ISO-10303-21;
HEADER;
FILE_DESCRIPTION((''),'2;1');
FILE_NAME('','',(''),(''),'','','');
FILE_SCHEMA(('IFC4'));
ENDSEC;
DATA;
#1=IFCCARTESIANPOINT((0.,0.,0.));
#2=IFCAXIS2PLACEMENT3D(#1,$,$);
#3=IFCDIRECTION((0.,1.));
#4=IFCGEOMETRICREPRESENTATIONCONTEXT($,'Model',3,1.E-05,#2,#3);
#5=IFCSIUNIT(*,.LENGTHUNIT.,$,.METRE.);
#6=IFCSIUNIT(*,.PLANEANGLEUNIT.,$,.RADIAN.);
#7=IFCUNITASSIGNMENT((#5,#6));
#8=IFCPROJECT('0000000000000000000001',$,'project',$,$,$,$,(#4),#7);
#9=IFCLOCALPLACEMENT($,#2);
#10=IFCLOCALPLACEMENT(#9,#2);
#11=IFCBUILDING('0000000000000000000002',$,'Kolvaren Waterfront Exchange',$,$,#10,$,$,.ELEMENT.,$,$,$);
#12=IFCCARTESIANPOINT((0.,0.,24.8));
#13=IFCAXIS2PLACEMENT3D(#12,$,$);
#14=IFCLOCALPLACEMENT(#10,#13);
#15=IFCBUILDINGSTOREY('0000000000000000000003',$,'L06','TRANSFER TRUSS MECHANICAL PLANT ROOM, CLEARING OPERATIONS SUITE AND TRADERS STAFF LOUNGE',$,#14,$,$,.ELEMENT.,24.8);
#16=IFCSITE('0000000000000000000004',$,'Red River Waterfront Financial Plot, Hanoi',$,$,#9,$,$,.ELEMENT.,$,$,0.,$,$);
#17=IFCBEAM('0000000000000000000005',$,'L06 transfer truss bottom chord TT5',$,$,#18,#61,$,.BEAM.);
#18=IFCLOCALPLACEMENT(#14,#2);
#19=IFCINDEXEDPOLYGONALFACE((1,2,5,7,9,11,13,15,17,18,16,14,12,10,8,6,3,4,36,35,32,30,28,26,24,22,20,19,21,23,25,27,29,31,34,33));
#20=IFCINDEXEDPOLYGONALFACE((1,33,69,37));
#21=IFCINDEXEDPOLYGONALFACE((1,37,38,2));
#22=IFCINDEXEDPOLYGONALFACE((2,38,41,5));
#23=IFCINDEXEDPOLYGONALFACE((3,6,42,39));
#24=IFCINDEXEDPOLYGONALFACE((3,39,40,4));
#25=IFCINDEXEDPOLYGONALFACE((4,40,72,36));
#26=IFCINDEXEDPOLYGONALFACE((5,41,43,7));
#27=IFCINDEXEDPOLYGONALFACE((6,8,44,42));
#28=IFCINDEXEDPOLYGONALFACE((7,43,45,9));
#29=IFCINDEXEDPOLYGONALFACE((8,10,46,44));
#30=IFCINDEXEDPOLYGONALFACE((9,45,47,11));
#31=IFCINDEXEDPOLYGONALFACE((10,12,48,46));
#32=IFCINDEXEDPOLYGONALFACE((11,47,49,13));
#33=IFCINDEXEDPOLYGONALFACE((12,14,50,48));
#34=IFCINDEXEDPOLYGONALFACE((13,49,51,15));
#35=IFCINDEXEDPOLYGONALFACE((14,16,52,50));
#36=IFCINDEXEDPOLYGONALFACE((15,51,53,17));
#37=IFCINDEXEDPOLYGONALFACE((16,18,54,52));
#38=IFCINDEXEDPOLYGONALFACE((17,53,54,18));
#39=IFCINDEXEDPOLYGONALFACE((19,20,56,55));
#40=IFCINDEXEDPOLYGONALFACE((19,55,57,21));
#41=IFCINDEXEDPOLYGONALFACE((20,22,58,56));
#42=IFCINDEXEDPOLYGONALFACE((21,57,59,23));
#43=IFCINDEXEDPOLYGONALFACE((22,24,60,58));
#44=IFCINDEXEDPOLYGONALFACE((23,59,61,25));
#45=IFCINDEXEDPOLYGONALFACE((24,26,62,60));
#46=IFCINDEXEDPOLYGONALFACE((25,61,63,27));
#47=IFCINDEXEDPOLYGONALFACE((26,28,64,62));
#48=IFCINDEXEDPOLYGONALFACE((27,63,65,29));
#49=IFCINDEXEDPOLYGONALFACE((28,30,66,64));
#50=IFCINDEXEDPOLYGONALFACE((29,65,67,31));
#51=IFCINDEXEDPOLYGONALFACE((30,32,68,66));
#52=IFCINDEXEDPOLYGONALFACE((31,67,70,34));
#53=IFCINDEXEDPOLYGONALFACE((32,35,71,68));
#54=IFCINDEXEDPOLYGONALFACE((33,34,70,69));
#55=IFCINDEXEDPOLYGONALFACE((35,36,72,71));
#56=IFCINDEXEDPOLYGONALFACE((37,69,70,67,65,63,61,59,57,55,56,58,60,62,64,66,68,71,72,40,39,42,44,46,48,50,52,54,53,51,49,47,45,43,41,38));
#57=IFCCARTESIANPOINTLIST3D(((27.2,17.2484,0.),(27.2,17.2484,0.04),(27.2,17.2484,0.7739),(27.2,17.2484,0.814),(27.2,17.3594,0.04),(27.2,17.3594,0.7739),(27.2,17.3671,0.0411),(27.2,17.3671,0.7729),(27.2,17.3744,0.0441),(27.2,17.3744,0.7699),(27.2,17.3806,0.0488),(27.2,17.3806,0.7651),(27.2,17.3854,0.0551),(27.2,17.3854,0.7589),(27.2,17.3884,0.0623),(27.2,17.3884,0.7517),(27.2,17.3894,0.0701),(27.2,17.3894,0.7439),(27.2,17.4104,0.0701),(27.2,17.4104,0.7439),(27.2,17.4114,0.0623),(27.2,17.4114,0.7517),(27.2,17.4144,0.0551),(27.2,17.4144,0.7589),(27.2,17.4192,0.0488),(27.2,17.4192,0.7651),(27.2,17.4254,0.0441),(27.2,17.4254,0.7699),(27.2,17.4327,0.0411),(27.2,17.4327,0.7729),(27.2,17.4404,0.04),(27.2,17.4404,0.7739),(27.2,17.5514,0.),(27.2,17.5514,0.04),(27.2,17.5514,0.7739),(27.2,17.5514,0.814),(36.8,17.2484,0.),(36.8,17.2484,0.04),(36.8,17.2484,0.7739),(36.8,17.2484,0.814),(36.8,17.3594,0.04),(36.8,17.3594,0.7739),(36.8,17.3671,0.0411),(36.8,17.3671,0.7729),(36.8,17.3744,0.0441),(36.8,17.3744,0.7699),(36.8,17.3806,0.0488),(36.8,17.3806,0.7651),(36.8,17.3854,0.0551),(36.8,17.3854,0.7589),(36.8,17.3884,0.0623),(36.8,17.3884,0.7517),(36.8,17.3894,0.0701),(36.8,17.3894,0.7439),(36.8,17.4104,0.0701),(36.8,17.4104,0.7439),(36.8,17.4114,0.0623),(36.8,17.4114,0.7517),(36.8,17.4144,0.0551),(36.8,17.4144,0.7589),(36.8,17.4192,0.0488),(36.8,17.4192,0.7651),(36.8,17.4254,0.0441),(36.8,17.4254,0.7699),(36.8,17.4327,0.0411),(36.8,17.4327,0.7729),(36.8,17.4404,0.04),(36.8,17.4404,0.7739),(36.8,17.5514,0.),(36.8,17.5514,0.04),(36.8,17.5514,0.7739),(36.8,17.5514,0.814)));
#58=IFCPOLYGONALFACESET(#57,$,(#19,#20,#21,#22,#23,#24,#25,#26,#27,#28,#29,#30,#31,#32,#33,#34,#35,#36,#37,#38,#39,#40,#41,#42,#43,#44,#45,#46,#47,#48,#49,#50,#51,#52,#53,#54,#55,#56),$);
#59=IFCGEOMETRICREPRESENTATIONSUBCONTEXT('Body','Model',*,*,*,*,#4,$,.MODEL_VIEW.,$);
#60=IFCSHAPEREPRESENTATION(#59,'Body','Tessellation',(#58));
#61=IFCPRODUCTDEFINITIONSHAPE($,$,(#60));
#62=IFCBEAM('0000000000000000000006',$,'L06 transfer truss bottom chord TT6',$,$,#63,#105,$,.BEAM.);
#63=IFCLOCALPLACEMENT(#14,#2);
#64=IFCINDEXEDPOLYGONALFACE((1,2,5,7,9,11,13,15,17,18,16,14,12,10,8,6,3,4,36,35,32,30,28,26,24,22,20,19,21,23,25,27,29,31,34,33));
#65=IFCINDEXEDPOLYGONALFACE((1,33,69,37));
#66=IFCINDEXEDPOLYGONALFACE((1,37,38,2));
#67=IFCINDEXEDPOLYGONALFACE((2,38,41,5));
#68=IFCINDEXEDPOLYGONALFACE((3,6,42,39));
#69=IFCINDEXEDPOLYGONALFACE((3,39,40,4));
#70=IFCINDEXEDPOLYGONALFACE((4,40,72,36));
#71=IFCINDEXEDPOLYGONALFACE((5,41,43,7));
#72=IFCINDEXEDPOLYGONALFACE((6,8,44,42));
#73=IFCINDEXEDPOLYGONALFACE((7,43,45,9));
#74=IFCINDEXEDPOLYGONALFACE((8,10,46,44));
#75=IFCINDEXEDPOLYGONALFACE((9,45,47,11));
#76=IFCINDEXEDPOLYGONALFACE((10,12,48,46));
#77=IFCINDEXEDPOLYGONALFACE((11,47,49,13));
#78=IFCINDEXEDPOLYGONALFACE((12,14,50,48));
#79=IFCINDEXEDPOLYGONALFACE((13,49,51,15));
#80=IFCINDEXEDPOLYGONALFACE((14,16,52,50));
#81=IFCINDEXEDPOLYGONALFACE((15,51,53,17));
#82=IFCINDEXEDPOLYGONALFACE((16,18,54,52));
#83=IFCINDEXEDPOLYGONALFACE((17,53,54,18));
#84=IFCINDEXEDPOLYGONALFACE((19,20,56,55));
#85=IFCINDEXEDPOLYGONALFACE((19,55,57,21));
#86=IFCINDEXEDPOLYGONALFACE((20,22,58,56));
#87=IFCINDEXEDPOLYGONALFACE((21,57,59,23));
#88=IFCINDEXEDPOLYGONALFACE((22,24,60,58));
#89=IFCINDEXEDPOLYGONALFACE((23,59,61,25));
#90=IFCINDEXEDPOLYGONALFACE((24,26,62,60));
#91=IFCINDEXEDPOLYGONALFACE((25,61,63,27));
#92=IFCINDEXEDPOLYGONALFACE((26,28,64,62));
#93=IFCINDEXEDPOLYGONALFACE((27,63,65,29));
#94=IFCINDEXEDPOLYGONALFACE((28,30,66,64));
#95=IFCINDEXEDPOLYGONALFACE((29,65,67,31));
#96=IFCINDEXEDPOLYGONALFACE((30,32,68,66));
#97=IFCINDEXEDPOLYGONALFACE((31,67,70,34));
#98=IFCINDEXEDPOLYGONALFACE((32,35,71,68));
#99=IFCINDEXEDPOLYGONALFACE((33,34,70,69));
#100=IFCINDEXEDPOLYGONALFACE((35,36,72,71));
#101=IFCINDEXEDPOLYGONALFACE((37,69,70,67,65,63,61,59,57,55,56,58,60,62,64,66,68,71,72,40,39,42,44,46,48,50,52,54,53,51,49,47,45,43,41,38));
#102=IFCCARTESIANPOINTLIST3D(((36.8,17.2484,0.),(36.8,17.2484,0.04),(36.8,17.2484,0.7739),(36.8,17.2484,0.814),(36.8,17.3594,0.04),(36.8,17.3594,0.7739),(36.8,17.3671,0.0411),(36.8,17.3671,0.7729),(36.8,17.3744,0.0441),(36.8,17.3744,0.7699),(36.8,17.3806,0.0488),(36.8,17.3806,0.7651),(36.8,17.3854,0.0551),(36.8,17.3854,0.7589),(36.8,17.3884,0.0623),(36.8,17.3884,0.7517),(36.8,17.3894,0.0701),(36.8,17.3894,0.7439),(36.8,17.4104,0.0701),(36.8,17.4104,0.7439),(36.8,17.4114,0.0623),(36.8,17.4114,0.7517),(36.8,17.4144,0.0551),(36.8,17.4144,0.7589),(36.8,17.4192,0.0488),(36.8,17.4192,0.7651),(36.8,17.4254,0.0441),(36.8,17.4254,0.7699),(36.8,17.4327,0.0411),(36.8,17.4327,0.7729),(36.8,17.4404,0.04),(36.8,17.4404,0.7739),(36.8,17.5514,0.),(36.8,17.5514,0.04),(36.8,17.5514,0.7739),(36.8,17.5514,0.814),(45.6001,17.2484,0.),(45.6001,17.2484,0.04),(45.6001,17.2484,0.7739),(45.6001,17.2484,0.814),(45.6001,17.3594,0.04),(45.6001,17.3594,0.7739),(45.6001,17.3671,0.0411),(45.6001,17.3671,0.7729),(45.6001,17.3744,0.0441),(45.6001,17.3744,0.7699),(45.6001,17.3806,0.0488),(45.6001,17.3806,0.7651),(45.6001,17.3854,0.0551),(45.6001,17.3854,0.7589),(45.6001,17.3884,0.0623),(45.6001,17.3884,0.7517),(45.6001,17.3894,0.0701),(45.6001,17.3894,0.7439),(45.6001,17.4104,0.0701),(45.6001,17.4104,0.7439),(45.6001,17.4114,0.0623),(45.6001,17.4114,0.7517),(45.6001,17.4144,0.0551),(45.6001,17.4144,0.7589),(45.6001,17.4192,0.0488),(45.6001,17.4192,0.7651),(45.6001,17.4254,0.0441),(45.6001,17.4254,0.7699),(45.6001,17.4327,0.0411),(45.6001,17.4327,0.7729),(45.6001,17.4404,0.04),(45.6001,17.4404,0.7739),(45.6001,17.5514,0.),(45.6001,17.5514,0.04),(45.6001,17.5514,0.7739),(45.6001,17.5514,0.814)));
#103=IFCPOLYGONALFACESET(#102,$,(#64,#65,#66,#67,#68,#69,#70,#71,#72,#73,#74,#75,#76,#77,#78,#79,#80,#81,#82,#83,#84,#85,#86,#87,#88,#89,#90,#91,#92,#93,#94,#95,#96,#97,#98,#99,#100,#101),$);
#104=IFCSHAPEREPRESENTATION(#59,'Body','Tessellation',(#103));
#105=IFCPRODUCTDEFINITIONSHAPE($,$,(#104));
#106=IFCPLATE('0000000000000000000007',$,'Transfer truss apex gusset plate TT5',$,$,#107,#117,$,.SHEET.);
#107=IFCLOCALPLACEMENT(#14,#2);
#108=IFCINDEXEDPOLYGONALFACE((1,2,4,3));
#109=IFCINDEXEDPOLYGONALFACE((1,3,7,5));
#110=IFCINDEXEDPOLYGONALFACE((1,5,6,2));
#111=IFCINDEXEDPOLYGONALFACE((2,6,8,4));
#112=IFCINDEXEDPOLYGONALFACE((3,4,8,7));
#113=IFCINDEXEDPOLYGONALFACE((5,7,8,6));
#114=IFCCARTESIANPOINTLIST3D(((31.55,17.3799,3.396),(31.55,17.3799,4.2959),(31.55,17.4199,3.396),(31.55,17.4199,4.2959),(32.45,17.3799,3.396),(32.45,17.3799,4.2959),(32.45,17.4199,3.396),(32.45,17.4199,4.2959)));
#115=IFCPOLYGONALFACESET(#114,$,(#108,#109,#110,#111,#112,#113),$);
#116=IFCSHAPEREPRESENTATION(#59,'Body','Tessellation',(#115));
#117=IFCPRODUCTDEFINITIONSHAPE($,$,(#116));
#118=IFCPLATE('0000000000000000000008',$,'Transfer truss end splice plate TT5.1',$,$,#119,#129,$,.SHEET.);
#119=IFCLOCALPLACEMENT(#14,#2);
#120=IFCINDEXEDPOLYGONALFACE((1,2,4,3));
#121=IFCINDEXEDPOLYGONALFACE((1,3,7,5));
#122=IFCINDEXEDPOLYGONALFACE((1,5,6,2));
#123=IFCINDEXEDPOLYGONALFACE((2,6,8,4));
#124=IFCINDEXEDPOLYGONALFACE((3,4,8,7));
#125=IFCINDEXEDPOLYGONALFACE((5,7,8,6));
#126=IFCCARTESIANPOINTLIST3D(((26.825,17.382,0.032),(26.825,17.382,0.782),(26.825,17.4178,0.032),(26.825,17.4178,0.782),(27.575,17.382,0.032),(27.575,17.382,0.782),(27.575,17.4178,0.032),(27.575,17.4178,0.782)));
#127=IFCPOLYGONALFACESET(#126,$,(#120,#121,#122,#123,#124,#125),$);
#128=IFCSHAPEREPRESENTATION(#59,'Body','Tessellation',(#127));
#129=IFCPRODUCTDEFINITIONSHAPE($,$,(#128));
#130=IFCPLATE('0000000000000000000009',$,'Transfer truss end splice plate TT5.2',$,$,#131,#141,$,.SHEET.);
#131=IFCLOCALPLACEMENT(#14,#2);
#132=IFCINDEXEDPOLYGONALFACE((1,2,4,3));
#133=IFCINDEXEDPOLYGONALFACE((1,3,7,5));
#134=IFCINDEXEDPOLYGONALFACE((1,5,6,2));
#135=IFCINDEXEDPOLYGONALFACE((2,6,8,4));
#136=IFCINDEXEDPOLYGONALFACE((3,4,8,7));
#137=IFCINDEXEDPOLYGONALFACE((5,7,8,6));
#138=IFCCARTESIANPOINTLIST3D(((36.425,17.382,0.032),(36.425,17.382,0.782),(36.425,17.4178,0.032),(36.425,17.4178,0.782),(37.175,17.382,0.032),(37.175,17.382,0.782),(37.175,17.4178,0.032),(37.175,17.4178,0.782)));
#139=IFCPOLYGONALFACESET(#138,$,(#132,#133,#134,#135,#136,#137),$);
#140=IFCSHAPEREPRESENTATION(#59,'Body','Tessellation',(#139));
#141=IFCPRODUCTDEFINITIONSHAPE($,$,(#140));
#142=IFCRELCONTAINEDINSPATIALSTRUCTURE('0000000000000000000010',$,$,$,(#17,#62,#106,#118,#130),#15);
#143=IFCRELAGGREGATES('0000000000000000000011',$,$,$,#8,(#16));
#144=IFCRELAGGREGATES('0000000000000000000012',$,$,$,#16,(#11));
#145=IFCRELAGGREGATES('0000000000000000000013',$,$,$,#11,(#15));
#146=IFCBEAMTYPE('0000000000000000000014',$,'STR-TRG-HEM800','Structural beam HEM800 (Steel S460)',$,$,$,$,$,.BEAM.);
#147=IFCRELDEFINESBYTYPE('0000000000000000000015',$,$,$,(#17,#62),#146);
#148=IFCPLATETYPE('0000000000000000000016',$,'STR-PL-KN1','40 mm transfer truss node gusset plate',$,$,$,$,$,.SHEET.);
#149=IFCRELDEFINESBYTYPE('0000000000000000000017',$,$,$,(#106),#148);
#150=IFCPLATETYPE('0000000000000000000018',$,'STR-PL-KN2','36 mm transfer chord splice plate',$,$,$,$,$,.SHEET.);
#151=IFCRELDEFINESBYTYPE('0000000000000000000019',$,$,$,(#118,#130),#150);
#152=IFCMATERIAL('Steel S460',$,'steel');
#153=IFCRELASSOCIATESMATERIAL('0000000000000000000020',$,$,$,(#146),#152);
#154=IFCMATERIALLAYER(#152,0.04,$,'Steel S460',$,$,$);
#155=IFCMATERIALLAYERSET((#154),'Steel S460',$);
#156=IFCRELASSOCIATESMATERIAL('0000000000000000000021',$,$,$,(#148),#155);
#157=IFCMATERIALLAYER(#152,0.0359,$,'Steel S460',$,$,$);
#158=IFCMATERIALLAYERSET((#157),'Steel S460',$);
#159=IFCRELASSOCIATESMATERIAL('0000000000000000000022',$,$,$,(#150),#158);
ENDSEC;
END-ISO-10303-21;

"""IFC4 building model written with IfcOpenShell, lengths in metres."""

from ifc_helpers import new_model, si_unit, direction, frame, origin, origin_with_axes, origin_2d, place, context, subcontext, project, spatial, rectangle, i_section, extrude, source, transform, mapped, material, layer, layer_set, material_profile, profile_set, type_object, element, save


model = new_model("IFC4")

# Units and contexts
model_context = context("Model", 3, precision=1e-05, world=origin(), true_north=direction((0.0, 1.0)))
body_context = subcontext(model_context, "Body", "Model", "MODEL_VIEW")
ifc_project = project(units=[si_unit("LENGTHUNIT", "METRE"), si_unit("PLANEANGLEUNIT", "RADIAN")], contexts=[model_context])

# Site, building, storey
site_placement = place(None, origin())
site = spatial("IfcSite", under=ifc_project, at=site_placement, Name="Red River Waterfront Financial Plot, Hanoi", CompositionType="ELEMENT", RefElevation=0.0)
building_placement = place(site_placement, origin())
building = spatial("IfcBuilding", under=site, at=building_placement, Name="Kolvaren Waterfront Exchange", CompositionType="ELEMENT")
storey_placement = place(building_placement, frame((0.0, 0.0, 24.8)))
storey = spatial("IfcBuildingStorey", under=building, at=storey_placement, Name="L06", Description="TRANSFER TRUSS MECHANICAL PLANT ROOM, CLEARING OPERATIONS SUITE AND TRADERS STAFF LOUNGE", CompositionType="ELEMENT", Elevation=24.8)

# Shared definitions
ifc_material_1 = material(Name="Steel S460", Category="steel")

# Beams
ifc_material_profile_1 = material_profile(ifc_material_1, i_section(OverallWidth=0.303, OverallDepth=0.814, WebThickness=0.021, FlangeThickness=0.04, FilletRadius=0.03, at=origin_2d()), Name="HEM800")
ifc_profile_set_1 = profile_set([ifc_material_profile_1], Name="Steel S460")
beam_type_1 = type_object("IfcBeamType", Name="STR-TRG-HEM800", Description="Structural beam HEM800 (Steel S460)", PredefinedType="BEAM", material=ifc_profile_set_1)
beam_1_placement = place(storey_placement, frame((27.2, 17.3999, 0.407), z_axis=(1.0, 0.0, 0.0), x_axis=(0.0, 1.0, 0.0)))
element("IfcBeam", 1, at=beam_1_placement, inside=storey, type_object=beam_type_1, Name="L06 transfer truss bottom chord TT5", PredefinedType="BEAM", context=body_context, shape_type="SweptSolid", body=[
    extrude(i_section(OverallWidth=0.303, OverallDepth=0.814, WebThickness=0.021, FlangeThickness=0.04, FilletRadius=0.03, at=origin_2d()), origin(), (0.0, 0.0, 1.0), 9.6001),
])
beam_2_placement = place(storey_placement, frame((36.8, 17.3999, 0.407), z_axis=(1.0, 0.0, 0.0), x_axis=(0.0, 1.0, 0.0)))
element("IfcBeam", 2, at=beam_2_placement, inside=storey, type_object=beam_type_1, Name="L06 transfer truss bottom chord TT6", PredefinedType="BEAM", context=body_context, shape_type="SweptSolid", body=[
    extrude(i_section(OverallWidth=0.303, OverallDepth=0.814, WebThickness=0.021, FlangeThickness=0.04, FilletRadius=0.03, at=origin_2d()), origin(), (0.0, 0.0, 1.0), 8.8),
])

# Plates
ifc_layer_1 = layer(ifc_material_1, 0.04, Name="Steel S460")
ifc_layer_set_1 = layer_set([ifc_layer_1], Name="Steel S460")
plate_type_1 = type_object("IfcPlateType", Name="STR-PL-KN1", Description="40 mm transfer truss node gusset plate", PredefinedType="SHEET", material=ifc_layer_set_1)
shared_shape_1 = source(origin_with_axes(), body_context, "Body", "SweptSolid", [
    extrude(rectangle(XDim=0.8999, YDim=0.04, at=origin_2d()), origin(), (0.0, 0.0, 1.0), 0.8999),
])
plate_placement = place(storey_placement, frame((32.0, 17.3999, 3.396), z_axis=(0.0, 0.0, 1.0), x_axis=(1.0, 0.0, 0.0)))
element("IfcPlate", 3, at=plate_placement, inside=storey, type_object=plate_type_1, Name="Transfer truss apex gusset plate TT5", PredefinedType="SHEET", context=body_context, shape_type="MappedRepresentation", body=[
    mapped(shared_shape_1, transform((0.0, 0.0, 0.0), x_axis=(1.0, 0.0, 0.0), y_axis=(0.0, 1.0, 0.0), z_axis=(0.0, 0.0, 1.0), scale=1.0)),
])
ifc_layer_2 = layer(ifc_material_1, 0.0359, Name="Steel S460")
ifc_layer_set_2 = layer_set([ifc_layer_2], Name="Steel S460")
plate_type_2 = type_object("IfcPlateType", Name="STR-PL-KN2", Description="36 mm transfer chord splice plate", PredefinedType="SHEET", material=ifc_layer_set_2)
shared_shape_2 = source(origin_with_axes(), body_context, "Body", "SweptSolid", [
    extrude(rectangle(XDim=0.75, YDim=0.0359, at=origin_2d()), origin(), (0.0, 0.0, 1.0), 0.75),
])
for number, where, z_axis, x_axis, name in (
    (4, (27.2, 17.3999, 0.032), (0.0, 0.0, 1.0), (1.0, 0.0, 0.0), "Transfer truss end splice plate TT5.1"),
    (5, (36.8, 17.3999, 0.032), (0.0, 0.0, 1.0), (1.0, 0.0, 0.0), "Transfer truss end splice plate TT5.2"),
):
    element("IfcPlate", number, at=place(storey_placement, frame(where, z_axis=z_axis, x_axis=x_axis)), inside=storey, type_object=plate_type_2, Name=name, PredefinedType="SHEET", context=body_context, shape_type="MappedRepresentation", body=[
        mapped(shared_shape_2, transform((0.0, 0.0, 0.0), x_axis=(1.0, 0.0, 0.0), y_axis=(0.0, 1.0, 0.0), z_axis=(0.0, 0.0, 1.0), scale=1.0)),
    ])

save(model, "model.ifc")
